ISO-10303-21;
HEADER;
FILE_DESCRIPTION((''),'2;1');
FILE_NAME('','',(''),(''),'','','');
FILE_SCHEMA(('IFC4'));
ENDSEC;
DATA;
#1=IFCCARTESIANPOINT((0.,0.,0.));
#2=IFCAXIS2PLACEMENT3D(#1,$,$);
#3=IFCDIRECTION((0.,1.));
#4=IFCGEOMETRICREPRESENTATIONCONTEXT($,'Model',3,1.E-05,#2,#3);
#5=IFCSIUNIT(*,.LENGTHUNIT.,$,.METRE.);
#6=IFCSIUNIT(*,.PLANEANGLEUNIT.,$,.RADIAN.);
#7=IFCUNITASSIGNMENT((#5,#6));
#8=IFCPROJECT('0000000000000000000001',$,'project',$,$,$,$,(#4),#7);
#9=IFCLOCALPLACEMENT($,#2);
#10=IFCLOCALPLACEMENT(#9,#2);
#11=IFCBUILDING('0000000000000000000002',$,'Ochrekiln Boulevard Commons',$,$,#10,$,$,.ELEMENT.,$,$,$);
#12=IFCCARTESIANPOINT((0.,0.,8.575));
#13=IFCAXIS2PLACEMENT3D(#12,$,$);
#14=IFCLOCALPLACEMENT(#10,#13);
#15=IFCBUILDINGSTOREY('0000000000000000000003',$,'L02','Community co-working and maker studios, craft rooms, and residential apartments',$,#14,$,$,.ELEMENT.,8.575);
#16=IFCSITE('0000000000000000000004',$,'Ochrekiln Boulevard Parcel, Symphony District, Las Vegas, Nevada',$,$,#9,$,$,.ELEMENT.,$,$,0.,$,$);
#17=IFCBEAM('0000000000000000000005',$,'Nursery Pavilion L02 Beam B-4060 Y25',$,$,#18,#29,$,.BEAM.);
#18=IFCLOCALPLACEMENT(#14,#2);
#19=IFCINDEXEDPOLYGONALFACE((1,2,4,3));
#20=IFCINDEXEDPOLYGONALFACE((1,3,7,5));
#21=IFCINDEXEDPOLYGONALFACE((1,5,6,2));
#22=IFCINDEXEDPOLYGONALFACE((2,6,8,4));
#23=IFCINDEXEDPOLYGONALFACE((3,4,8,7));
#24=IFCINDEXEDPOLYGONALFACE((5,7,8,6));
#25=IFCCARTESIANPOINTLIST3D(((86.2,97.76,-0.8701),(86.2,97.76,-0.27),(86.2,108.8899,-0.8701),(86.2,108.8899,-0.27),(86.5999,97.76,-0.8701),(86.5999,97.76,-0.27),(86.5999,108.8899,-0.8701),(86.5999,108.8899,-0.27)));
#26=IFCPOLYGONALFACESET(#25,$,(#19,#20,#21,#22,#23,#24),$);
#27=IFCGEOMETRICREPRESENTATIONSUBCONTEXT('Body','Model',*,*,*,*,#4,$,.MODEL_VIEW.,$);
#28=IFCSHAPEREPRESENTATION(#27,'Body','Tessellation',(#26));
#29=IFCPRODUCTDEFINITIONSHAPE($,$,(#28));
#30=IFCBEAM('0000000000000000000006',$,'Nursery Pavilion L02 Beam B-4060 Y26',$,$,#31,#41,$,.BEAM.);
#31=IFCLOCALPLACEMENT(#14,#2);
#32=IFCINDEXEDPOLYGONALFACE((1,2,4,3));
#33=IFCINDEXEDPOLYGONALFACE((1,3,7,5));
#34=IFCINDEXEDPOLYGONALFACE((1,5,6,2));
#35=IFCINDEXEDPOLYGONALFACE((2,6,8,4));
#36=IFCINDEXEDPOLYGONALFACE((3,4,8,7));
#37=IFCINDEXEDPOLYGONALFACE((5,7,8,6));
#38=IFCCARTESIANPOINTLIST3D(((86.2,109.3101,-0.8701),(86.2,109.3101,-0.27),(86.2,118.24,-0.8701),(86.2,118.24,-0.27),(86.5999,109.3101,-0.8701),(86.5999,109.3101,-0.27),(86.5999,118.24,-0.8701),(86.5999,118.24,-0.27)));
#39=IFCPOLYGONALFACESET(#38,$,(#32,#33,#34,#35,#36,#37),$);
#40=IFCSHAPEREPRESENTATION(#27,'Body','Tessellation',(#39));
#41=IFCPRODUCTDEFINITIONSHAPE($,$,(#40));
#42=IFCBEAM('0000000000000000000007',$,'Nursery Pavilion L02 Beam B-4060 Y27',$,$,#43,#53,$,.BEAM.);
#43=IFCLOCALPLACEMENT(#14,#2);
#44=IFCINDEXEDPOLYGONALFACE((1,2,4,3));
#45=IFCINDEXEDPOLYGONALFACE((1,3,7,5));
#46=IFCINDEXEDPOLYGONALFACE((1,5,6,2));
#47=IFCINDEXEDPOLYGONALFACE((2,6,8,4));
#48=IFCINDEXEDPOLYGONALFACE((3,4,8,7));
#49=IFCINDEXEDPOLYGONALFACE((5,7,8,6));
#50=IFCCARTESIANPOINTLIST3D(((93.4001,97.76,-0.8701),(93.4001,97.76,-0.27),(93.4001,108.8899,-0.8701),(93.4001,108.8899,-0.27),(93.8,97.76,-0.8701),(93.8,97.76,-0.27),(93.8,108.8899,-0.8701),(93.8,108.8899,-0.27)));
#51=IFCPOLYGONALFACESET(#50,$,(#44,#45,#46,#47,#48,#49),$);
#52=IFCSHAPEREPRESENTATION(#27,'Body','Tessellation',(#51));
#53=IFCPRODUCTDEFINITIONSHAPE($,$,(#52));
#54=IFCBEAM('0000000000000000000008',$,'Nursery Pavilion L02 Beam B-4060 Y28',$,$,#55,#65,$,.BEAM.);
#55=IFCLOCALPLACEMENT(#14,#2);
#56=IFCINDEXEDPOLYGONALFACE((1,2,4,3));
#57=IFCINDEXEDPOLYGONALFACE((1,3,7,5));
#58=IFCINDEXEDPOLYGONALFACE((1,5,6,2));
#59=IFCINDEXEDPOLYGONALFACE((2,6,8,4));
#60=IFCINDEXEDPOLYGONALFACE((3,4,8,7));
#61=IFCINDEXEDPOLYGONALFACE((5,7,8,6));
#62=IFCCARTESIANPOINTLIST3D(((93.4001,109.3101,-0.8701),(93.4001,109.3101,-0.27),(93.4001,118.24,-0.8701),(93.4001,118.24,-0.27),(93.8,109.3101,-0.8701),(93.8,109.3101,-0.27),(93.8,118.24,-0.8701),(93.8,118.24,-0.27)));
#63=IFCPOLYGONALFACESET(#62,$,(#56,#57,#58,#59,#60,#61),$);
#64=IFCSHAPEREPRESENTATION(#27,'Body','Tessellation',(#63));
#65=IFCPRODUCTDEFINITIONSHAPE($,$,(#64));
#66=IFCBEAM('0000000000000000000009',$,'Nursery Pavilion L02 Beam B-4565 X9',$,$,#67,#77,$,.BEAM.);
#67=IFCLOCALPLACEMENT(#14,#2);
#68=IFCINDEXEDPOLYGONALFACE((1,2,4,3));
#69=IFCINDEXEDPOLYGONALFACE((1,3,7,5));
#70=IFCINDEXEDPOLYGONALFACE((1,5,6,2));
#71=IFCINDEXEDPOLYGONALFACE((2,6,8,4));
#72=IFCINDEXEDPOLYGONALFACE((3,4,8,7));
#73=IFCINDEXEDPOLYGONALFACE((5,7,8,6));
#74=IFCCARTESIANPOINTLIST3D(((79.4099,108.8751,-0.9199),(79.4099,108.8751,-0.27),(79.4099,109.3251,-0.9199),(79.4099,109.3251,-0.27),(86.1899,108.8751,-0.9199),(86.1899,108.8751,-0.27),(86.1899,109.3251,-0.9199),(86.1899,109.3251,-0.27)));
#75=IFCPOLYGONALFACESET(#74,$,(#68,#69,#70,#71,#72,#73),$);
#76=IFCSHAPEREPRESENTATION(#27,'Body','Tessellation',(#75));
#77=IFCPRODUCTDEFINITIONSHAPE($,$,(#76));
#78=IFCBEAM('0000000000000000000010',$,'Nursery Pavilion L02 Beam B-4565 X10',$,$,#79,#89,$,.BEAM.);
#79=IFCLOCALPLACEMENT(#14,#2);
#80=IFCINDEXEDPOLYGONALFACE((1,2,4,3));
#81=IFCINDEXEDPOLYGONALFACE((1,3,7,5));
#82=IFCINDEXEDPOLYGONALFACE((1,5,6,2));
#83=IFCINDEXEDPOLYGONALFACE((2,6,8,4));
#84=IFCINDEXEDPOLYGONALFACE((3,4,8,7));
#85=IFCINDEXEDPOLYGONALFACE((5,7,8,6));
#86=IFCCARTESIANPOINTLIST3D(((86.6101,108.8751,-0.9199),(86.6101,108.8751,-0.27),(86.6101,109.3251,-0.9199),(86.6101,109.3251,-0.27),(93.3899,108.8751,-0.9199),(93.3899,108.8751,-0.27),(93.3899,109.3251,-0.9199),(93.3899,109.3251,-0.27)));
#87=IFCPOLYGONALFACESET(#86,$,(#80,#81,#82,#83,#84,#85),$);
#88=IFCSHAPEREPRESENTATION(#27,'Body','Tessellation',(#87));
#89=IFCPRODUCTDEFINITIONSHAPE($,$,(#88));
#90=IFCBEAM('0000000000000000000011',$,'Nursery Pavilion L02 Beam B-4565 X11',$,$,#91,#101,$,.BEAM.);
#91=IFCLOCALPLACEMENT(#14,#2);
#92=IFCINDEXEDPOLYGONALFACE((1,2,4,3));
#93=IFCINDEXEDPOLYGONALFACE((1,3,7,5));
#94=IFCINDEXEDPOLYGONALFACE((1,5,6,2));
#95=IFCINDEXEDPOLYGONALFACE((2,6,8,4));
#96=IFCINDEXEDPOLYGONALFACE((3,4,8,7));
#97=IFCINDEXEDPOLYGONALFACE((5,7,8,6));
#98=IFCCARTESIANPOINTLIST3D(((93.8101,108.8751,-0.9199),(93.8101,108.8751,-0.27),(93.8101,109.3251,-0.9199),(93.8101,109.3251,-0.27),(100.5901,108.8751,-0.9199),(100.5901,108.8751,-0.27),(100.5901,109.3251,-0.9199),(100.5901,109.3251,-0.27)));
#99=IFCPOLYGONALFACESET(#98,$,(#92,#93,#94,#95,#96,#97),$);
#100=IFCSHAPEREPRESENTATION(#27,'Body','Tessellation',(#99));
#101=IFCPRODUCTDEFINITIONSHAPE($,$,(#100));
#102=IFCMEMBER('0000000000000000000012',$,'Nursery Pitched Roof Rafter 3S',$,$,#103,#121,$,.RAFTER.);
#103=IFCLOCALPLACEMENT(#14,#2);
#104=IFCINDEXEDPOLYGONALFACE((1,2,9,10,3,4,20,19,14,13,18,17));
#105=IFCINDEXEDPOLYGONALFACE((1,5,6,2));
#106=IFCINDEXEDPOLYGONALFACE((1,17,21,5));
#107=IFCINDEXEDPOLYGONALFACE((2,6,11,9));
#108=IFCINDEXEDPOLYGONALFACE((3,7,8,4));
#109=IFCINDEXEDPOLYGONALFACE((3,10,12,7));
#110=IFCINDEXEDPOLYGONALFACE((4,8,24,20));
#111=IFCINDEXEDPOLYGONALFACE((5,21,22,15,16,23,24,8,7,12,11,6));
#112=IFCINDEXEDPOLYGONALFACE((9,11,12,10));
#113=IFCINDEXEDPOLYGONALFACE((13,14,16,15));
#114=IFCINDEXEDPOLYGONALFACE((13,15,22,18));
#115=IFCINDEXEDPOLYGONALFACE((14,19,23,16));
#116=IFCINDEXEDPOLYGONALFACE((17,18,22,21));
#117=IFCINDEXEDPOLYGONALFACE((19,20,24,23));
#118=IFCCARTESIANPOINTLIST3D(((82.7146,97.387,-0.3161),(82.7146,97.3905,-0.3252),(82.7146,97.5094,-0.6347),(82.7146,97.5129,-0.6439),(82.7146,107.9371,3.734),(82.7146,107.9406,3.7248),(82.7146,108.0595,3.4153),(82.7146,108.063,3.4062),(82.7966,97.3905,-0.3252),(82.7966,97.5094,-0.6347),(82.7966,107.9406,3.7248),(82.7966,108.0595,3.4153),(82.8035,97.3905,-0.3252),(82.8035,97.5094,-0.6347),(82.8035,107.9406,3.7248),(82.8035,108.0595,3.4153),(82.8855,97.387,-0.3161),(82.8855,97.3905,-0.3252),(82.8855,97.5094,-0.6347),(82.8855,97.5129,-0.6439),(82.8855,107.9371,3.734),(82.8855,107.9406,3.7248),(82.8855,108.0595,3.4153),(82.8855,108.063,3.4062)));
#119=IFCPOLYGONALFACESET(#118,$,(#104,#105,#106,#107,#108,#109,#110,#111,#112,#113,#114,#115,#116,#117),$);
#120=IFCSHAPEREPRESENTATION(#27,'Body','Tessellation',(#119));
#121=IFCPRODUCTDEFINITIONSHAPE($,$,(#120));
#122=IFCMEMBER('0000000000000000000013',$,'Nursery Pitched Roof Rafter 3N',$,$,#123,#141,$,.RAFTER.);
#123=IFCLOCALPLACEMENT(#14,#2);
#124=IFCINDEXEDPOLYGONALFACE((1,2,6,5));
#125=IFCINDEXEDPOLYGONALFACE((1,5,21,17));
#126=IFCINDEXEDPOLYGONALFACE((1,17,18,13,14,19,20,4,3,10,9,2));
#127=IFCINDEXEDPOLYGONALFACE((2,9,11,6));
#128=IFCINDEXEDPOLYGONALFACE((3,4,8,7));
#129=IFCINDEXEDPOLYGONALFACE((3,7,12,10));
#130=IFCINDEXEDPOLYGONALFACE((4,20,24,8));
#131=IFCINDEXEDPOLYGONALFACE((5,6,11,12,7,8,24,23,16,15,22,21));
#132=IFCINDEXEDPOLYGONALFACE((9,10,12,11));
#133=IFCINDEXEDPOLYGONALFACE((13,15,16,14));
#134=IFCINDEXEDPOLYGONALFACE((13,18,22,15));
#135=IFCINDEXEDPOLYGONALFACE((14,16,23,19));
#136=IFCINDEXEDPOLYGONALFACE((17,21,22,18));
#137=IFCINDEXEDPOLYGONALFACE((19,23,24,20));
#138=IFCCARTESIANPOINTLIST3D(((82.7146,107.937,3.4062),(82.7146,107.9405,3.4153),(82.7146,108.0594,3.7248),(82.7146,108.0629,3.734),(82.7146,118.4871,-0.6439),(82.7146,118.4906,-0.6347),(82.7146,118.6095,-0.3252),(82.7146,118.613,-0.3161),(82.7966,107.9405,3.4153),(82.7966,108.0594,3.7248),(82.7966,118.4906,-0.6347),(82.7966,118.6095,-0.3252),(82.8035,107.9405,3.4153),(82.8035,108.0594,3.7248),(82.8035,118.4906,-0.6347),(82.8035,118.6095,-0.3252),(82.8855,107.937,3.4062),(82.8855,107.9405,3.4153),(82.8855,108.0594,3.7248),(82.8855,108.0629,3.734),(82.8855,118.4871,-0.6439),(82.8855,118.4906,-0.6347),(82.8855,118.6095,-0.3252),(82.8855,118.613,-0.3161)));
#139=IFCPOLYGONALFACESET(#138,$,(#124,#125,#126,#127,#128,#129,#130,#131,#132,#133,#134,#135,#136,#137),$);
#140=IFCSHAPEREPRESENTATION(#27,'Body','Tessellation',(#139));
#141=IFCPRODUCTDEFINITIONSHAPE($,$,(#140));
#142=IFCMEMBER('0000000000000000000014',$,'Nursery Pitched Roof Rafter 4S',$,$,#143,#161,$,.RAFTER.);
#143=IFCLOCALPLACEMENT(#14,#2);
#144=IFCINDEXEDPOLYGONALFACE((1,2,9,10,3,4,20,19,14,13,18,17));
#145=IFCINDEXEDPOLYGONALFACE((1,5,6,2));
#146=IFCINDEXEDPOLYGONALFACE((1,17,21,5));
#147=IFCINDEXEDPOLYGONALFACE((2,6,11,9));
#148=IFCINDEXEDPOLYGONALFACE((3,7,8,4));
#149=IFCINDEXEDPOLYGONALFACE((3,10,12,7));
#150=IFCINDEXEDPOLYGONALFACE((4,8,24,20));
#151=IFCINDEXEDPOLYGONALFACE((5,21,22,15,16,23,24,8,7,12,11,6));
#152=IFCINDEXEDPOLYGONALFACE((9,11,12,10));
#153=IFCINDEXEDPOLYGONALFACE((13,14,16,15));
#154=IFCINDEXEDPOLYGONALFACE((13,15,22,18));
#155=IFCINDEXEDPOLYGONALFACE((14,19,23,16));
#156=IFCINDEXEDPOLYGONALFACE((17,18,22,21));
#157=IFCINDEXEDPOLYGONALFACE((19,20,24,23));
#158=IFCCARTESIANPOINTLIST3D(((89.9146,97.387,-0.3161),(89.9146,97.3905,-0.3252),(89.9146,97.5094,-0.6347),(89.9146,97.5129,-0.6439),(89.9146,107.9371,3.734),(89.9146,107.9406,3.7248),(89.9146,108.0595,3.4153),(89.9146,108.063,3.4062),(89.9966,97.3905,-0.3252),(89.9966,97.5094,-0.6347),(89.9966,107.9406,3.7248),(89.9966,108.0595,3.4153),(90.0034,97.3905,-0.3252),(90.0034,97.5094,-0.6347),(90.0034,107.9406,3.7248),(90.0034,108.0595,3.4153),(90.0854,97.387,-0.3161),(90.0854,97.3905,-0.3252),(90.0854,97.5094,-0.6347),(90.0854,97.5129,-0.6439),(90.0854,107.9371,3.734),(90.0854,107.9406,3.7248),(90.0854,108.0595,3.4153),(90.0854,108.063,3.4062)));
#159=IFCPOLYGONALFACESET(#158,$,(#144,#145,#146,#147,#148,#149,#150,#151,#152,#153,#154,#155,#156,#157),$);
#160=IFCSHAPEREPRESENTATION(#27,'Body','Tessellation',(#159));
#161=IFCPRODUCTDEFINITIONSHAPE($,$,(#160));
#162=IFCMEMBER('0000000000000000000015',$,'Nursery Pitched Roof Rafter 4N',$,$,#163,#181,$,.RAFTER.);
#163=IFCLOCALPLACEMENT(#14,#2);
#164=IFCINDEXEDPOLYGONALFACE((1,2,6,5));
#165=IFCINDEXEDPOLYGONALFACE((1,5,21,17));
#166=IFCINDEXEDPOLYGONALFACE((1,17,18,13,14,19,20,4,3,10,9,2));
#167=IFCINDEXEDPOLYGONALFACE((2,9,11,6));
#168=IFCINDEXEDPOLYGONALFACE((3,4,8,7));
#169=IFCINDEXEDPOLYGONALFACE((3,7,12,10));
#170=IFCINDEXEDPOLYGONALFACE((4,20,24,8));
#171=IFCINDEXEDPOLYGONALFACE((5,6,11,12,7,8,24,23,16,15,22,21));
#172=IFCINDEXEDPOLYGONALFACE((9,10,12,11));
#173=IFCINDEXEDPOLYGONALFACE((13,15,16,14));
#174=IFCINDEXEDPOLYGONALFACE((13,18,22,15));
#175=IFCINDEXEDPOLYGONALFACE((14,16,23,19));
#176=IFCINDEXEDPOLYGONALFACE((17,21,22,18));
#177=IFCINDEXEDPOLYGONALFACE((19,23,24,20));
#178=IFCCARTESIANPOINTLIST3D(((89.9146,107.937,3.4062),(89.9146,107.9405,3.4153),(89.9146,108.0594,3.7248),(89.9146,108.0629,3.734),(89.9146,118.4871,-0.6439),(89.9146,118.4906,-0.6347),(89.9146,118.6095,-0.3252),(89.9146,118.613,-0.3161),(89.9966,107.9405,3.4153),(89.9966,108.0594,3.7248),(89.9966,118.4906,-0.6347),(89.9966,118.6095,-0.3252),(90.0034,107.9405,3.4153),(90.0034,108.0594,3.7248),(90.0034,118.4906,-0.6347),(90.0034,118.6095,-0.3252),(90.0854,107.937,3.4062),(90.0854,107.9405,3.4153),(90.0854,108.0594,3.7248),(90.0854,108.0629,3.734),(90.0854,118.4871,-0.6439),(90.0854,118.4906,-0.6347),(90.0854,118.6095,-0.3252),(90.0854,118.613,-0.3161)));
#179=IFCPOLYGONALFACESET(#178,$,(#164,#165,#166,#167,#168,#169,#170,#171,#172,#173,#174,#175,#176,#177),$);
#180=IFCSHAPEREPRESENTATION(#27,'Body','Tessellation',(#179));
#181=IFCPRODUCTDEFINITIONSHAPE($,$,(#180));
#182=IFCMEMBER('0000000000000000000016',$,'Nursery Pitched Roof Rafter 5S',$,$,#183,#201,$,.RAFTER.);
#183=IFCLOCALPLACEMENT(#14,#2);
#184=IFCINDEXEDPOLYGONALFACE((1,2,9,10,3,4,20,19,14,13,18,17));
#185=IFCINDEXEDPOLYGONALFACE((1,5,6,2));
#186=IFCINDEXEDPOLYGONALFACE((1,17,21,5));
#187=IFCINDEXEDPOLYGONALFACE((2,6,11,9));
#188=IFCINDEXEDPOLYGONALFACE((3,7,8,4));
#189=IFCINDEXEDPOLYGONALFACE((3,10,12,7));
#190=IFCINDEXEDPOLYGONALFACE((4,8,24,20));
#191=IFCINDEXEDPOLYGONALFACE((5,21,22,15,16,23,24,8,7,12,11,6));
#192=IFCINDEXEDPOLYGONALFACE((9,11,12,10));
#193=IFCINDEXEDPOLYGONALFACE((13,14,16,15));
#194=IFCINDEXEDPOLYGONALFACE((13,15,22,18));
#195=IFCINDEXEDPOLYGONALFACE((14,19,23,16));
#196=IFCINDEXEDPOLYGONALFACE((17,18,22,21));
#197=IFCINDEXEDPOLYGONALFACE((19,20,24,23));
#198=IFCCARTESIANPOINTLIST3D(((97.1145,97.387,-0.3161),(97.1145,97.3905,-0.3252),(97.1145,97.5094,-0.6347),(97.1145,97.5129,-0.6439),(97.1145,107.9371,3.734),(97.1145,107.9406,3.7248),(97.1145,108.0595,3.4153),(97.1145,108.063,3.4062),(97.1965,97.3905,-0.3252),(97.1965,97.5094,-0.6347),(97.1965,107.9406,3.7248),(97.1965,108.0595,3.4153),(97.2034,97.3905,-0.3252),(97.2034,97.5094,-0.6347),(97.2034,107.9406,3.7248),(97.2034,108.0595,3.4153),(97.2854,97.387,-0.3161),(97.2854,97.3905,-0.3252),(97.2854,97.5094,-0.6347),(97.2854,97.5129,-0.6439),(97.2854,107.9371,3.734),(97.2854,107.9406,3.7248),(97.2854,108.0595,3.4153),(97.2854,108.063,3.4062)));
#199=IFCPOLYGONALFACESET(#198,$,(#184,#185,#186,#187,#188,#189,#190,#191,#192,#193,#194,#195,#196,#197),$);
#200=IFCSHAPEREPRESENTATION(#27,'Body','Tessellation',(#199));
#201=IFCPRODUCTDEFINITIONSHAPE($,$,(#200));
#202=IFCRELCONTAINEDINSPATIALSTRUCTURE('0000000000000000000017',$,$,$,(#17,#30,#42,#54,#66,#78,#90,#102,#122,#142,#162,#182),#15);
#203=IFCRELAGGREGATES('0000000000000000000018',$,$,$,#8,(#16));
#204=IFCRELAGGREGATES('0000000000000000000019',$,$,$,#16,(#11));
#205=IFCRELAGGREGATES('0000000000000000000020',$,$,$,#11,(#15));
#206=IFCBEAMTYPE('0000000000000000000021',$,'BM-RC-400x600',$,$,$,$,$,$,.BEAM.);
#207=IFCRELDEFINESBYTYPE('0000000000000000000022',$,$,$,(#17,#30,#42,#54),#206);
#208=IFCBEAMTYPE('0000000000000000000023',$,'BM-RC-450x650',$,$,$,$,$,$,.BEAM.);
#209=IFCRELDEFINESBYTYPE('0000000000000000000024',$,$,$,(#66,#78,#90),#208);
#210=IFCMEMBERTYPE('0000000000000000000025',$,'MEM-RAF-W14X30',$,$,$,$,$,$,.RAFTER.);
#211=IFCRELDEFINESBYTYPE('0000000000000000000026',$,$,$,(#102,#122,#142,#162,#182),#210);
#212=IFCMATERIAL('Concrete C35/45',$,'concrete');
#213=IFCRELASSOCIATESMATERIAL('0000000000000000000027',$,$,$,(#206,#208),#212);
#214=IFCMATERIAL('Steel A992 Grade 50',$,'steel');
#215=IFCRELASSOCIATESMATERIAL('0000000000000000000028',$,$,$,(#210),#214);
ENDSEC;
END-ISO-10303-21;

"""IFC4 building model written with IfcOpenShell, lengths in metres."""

from ifc_helpers import new_model, si_unit, direction, frame, origin, origin_2d, place, context, subcontext, project, spatial, rectangle, i_section, extrude, material, material_profile, profile_set, type_object, element, save


model = new_model("IFC4")

# Units and contexts
model_context = context("Model", 3, precision=1e-05, world=origin(), true_north=direction((0.0, 1.0)))
body_context = subcontext(model_context, "Body", "Model", "MODEL_VIEW")
ifc_project = project(units=[si_unit("LENGTHUNIT", "METRE"), si_unit("PLANEANGLEUNIT", "RADIAN")], contexts=[model_context])

# Site, building, storey
site_placement = place(None, origin())
site = spatial("IfcSite", under=ifc_project, at=site_placement, Name="Ochrekiln Boulevard Parcel, Symphony District, Las Vegas, Nevada", CompositionType="ELEMENT", RefElevation=0.0)
building_placement = place(site_placement, origin())
building = spatial("IfcBuilding", under=site, at=building_placement, Name="Ochrekiln Boulevard Commons", CompositionType="ELEMENT")
storey_placement = place(building_placement, frame((0.0, 0.0, 8.575)))
storey = spatial("IfcBuildingStorey", under=building, at=storey_placement, Name="L02", Description="Community co-working and maker studios, craft rooms, and residential apartments", CompositionType="ELEMENT", Elevation=8.575)

# Beams
ifc_material_1 = material(Name="Concrete C35/45", Category="concrete")
ifc_material_profile_1 = material_profile(ifc_material_1, rectangle(XDim=0.3999, YDim=0.6001, at=origin_2d()), Name="RC-BM-400x600")
ifc_profile_set_1 = profile_set([ifc_material_profile_1], Name="Concrete C35/45")
beam_type_1 = type_object("IfcBeamType", Name="BM-RC-400x600", PredefinedType="BEAM", material=ifc_profile_set_1)
beam_1_placement = place(storey_placement, frame((86.3999, 97.76, -0.5701), z_axis=(0.0, 1.0, 0.0), x_axis=(-1.0, 0.0, 0.0)))
element("IfcBeam", 1, at=beam_1_placement, inside=storey, type_object=beam_type_1, Name="Nursery Pavilion L02 Beam B-4060 Y25", PredefinedType="BEAM", context=body_context, shape_type="SweptSolid", body=[
    extrude(rectangle(XDim=0.3999, YDim=0.6001, at=origin_2d()), origin(), (0.0, 0.0, 1.0), 11.1299),
])
beam_2_placement = place(storey_placement, frame((86.3999, 109.3101, -0.5701), z_axis=(0.0, 1.0, 0.0), x_axis=(-1.0, 0.0, 0.0)))
element("IfcBeam", 2, at=beam_2_placement, inside=storey, type_object=beam_type_1, Name="Nursery Pavilion L02 Beam B-4060 Y26", PredefinedType="BEAM", context=body_context, shape_type="SweptSolid", body=[
    extrude(rectangle(XDim=0.3999, YDim=0.6001, at=origin_2d()), origin(), (0.0, 0.0, 1.0), 8.9299),
])
beam_3_placement = place(storey_placement, frame((93.6001, 97.76, -0.5701), z_axis=(0.0, 1.0, 0.0), x_axis=(-1.0, 0.0, 0.0)))
element("IfcBeam", 3, at=beam_3_placement, inside=storey, type_object=beam_type_1, Name="Nursery Pavilion L02 Beam B-4060 Y27", PredefinedType="BEAM", context=body_context, shape_type="SweptSolid", body=[
    extrude(rectangle(XDim=0.3999, YDim=0.6001, at=origin_2d()), origin(), (0.0, 0.0, 1.0), 11.1299),
])
beam_4_placement = place(storey_placement, frame((93.6001, 109.3101, -0.5701), z_axis=(0.0, 1.0, 0.0), x_axis=(-1.0, 0.0, 0.0)))
element("IfcBeam", 4, at=beam_4_placement, inside=storey, type_object=beam_type_1, Name="Nursery Pavilion L02 Beam B-4060 Y28", PredefinedType="BEAM", context=body_context, shape_type="SweptSolid", body=[
    extrude(rectangle(XDim=0.3999, YDim=0.6001, at=origin_2d()), origin(), (0.0, 0.0, 1.0), 8.9299),
])
ifc_material_profile_2 = material_profile(ifc_material_1, rectangle(XDim=0.45, YDim=0.6499, at=origin_2d()), Name="RC-BM-450x650")
ifc_profile_set_2 = profile_set([ifc_material_profile_2], Name="Concrete C35/45")
beam_type_2 = type_object("IfcBeamType", Name="BM-RC-450x650", PredefinedType="BEAM", material=ifc_profile_set_2)
beam_5_placement = place(storey_placement, frame((79.4099, 109.1001, -0.595), z_axis=(1.0, 0.0, 0.0), x_axis=(0.0, 1.0, 0.0)))
element("IfcBeam", 5, at=beam_5_placement, inside=storey, type_object=beam_type_2, Name="Nursery Pavilion L02 Beam B-4565 X9", PredefinedType="BEAM", context=body_context, shape_type="SweptSolid", body=[
    extrude(rectangle(XDim=0.45, YDim=0.6499, at=origin_2d()), origin(), (0.0, 0.0, 1.0), 6.78),
])
beam_6_placement = place(storey_placement, frame((86.6101, 109.1001, -0.595), z_axis=(1.0, 0.0, 0.0), x_axis=(0.0, 1.0, 0.0)))
element("IfcBeam", 6, at=beam_6_placement, inside=storey, type_object=beam_type_2, Name="Nursery Pavilion L02 Beam B-4565 X10", PredefinedType="BEAM", context=body_context, shape_type="SweptSolid", body=[
    extrude(rectangle(XDim=0.45, YDim=0.6499, at=origin_2d()), origin(), (0.0, 0.0, 1.0), 6.7798),
])
beam_7_placement = place(storey_placement, frame((93.8101, 109.1001, -0.595), z_axis=(1.0, 0.0, 0.0), x_axis=(0.0, 1.0, 0.0)))
element("IfcBeam", 7, at=beam_7_placement, inside=storey, type_object=beam_type_2, Name="Nursery Pavilion L02 Beam B-4565 X11", PredefinedType="BEAM", context=body_context, shape_type="SweptSolid", body=[
    extrude(rectangle(XDim=0.45, YDim=0.6499, at=origin_2d()), origin(), (0.0, 0.0, 1.0), 6.78),
])

# Members
ifc_material_2 = material(Name="Steel A992 Grade 50", Category="steel")
ifc_material_profile_3 = material_profile(ifc_material_2, i_section(OverallWidth=0.1709, OverallDepth=0.3511, WebThickness=0.0068, FlangeThickness=0.0098, at=origin_2d()), Name="W14X30")
ifc_profile_set_3 = profile_set([ifc_material_profile_3], Name="Steel A992 Grade 50")
member_type = type_object("IfcMemberType", Name="MEM-RAF-W14X30", PredefinedType="RAFTER", material=ifc_profile_set_3)
for number, where, z_axis, x_axis, name in (
    (8, (82.8, 97.45, -0.48), (0.0, 0.933573, 0.358388), (-1.0, 0.0, 0.0), "Nursery Pitched Roof Rafter 3S"),
    (9, (82.8, 118.55, -0.48), (0.0, -0.933573, 0.358388), (1.0, 0.0, 0.0), "Nursery Pitched Roof Rafter 3N"),
    (10, (90.0, 97.45, -0.48), (0.0, 0.933573, 0.358388), (-1.0, 0.0, 0.0), "Nursery Pitched Roof Rafter 4S"),
    (11, (90.0, 118.55, -0.48), (0.0, -0.933573, 0.358388), (1.0, 0.0, 0.0), "Nursery Pitched Roof Rafter 4N"),
    (12, (97.2, 97.45, -0.48), (0.0, 0.933573, 0.358388), (-1.0, 0.0, 0.0), "Nursery Pitched Roof Rafter 5S"),
):
    element("IfcMember", number, at=place(storey_placement, frame(where, z_axis=z_axis, x_axis=x_axis)), inside=storey, type_object=member_type, Name=name, PredefinedType="RAFTER", context=body_context, shape_type="SweptSolid", body=[
        extrude(i_section(OverallWidth=0.1709, OverallDepth=0.3511, WebThickness=0.0068, FlangeThickness=0.0098, at=origin_2d()), origin(), (0.0, 0.0, 1.0), 11.3008),
    ])

save(model, "model.ifc")
